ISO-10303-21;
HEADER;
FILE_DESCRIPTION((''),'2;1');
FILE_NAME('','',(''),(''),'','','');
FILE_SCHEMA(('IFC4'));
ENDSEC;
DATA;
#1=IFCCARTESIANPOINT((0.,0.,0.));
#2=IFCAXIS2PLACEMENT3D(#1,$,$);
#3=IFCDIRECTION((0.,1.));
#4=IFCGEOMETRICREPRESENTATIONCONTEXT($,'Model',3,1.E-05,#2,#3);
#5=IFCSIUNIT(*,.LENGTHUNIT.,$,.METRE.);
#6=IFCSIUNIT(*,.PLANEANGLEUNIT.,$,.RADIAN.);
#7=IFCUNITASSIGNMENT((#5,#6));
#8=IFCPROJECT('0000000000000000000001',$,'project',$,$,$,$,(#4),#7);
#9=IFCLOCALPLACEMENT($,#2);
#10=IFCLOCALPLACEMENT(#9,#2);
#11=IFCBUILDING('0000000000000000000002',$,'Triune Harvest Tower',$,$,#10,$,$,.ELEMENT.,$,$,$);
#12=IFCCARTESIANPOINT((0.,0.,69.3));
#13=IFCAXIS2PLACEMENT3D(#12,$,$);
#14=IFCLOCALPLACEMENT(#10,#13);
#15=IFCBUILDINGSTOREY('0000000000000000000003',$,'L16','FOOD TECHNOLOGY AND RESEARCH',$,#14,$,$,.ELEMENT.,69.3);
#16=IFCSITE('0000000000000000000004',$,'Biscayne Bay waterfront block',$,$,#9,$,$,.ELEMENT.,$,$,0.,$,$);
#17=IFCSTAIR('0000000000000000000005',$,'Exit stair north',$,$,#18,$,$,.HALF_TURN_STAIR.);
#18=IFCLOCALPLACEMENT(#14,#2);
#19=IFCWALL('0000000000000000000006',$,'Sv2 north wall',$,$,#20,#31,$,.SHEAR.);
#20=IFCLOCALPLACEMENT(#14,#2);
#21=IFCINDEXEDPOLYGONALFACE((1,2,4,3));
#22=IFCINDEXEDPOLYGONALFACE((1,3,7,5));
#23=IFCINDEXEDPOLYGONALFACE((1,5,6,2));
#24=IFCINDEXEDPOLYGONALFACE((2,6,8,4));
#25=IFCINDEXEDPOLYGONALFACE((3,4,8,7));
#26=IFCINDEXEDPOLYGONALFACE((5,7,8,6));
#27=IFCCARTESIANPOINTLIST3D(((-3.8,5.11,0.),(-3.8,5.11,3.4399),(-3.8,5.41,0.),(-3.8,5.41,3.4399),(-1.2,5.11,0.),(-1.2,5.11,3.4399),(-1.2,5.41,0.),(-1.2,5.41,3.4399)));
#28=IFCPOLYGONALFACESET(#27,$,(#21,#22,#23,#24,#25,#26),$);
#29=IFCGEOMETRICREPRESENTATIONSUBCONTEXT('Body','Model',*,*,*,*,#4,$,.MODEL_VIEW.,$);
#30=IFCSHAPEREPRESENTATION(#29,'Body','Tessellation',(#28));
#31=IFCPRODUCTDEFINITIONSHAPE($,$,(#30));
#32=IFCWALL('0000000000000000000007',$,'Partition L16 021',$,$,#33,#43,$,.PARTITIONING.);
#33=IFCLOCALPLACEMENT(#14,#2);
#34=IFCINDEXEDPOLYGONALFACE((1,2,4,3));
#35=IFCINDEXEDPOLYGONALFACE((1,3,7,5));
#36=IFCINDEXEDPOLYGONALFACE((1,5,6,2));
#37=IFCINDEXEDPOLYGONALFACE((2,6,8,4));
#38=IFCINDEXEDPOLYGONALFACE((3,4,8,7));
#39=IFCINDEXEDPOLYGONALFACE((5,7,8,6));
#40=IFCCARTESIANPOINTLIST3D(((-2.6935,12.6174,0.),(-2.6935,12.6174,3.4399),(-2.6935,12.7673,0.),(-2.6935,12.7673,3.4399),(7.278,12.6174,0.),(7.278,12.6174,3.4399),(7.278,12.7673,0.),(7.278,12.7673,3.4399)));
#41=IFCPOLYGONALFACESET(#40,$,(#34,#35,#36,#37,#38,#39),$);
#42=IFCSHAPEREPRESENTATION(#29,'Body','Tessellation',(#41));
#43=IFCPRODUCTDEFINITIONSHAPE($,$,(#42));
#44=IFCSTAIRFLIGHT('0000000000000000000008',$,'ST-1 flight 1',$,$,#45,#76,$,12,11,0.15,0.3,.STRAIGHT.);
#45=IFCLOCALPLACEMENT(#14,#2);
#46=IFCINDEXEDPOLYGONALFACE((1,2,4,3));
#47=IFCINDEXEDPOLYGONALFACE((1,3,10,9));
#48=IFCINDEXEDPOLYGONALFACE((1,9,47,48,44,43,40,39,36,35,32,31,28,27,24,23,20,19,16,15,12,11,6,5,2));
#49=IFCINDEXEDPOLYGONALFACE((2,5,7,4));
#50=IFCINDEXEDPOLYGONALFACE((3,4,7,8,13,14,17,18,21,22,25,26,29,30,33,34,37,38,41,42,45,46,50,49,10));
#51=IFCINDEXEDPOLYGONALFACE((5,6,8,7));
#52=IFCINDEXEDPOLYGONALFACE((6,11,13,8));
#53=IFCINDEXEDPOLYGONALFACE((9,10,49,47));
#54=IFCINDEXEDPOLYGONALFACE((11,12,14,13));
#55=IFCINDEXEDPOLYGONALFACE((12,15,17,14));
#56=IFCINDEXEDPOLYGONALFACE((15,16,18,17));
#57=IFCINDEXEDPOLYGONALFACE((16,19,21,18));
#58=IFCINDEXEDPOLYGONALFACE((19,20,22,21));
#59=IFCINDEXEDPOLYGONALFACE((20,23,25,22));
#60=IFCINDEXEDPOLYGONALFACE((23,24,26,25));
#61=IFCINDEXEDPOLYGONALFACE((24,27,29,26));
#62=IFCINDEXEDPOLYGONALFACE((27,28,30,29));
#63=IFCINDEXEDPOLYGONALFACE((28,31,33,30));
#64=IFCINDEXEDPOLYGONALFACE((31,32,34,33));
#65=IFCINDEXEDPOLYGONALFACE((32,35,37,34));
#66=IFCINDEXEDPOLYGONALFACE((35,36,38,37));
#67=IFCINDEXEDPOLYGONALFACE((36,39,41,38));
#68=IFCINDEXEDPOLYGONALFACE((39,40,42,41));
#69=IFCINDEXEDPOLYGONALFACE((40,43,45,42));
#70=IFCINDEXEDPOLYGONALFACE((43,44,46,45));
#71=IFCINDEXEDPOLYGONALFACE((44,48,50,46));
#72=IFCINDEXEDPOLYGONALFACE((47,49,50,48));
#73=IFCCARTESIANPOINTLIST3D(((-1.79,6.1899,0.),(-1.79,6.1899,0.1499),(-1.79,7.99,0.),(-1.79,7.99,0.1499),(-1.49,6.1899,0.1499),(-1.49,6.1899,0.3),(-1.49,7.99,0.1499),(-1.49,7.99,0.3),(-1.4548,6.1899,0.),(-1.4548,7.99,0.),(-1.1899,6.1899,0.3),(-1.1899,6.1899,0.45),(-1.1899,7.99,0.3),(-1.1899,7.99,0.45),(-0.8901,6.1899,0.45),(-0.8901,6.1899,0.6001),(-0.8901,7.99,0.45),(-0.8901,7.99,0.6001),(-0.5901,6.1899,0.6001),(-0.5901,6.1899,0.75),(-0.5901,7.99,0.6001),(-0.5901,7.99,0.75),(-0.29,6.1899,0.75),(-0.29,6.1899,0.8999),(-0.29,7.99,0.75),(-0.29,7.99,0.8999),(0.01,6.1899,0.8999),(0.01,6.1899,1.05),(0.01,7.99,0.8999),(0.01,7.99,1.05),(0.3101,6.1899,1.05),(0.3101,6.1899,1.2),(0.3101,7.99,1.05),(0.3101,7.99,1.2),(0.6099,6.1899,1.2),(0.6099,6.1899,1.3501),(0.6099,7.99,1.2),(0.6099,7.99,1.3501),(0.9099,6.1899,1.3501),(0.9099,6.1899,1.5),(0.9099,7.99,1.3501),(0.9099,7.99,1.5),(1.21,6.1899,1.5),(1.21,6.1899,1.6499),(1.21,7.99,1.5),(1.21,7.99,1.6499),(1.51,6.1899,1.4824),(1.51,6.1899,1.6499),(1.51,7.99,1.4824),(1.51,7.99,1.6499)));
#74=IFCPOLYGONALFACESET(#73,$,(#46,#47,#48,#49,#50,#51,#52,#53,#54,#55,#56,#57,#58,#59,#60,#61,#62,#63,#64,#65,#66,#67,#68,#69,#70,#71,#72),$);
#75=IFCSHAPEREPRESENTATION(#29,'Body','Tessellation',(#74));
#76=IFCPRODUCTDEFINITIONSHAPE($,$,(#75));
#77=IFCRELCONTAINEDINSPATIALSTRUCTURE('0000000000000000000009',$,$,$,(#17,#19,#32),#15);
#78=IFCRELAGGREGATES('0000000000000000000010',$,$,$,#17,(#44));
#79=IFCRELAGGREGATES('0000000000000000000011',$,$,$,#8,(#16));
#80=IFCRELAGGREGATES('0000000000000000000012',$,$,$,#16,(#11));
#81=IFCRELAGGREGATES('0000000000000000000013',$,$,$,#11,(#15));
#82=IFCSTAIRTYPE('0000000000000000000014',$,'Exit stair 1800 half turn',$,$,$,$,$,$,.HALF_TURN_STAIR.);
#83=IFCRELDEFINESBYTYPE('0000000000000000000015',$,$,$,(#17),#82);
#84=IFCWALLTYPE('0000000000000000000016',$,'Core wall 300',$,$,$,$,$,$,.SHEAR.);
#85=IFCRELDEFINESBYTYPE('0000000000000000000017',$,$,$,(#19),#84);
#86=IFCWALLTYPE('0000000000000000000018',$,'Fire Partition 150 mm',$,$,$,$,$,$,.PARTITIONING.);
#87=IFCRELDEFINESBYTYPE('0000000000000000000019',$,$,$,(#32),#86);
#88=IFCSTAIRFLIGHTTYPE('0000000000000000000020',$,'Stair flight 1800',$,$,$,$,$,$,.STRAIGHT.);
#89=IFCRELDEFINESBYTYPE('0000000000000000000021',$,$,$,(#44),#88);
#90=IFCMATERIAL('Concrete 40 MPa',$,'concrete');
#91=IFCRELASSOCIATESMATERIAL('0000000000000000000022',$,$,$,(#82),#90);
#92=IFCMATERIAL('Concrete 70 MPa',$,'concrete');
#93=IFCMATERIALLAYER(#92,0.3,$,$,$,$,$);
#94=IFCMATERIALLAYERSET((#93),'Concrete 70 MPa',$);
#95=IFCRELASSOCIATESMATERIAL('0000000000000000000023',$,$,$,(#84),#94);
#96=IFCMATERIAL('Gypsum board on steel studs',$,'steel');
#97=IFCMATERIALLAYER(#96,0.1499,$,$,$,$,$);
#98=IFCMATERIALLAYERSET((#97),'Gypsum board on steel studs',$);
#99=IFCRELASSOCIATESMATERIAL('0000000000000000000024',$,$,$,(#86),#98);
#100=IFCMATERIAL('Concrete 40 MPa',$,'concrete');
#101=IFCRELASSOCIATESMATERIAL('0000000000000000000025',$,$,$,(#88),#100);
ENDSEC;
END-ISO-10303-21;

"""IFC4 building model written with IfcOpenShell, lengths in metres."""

from ifc_helpers import new_model, si_unit, direction, frame, frame_2d, origin, place, context, subcontext, project, spatial, polyline, rectangle, outline, extrude, source, transform, mapped, material, layer, layer_set, type_object, element, aggregate, save


model = new_model("IFC4")

# Units and contexts
model_context = context("Model", 3, precision=1e-05, world=origin(), true_north=direction((0.0, 1.0)))
body_context = subcontext(model_context, "Body", "Model", "MODEL_VIEW")
ifc_project = project(units=[si_unit("LENGTHUNIT", "METRE"), si_unit("PLANEANGLEUNIT", "RADIAN")], contexts=[model_context])

# Site, building, storey
site_placement = place(None, origin())
site = spatial("IfcSite", under=ifc_project, at=site_placement, Name="Biscayne Bay waterfront block", CompositionType="ELEMENT", RefElevation=0.0)
building_placement = place(site_placement, origin())
building = spatial("IfcBuilding", under=site, at=building_placement, Name="Triune Harvest Tower", CompositionType="ELEMENT")
storey_placement = place(building_placement, frame((0.0, 0.0, 69.3)))
storey = spatial("IfcBuildingStorey", under=building, at=storey_placement, Name="L16", Description="FOOD TECHNOLOGY AND RESEARCH", CompositionType="ELEMENT", Elevation=69.3)

# Stair
ifc_material_1 = material(Name="Concrete 40 MPa", Category="concrete")
stair_type = type_object("IfcStairType", Name="Exit stair 1800 half turn", PredefinedType="HALF_TURN_STAIR", material=ifc_material_1)
stair_1_placement = place(storey_placement, origin())
stair_1 = element("IfcStair", 1, at=stair_1_placement, inside=storey, type_object=stair_type, Name="Exit stair north", PredefinedType="HALF_TURN_STAIR")

# Shared definitions
ifc_material_2 = material(Name="Concrete 70 MPa", Category="concrete")
ifc_layer_1 = layer(ifc_material_2, 0.3)
ifc_layer_set_1 = layer_set([ifc_layer_1], Name="Concrete 70 MPa")
wall_type_1 = type_object("IfcWallType", Name="Core wall 300", PredefinedType="SHEAR", material=ifc_layer_set_1)

# Walls
shared_shape_1 = source(origin(), body_context, "Body", "SweptSolid", [
    extrude(rectangle(XDim=2.6001, YDim=0.3, at=frame_2d((1.3, 0.0))), origin(), (0.0, 0.0, 1.0), 3.4399),
])
wall_1_placement = place(storey_placement, frame((-3.8, 5.26, 0.0), z_axis=(0.0, 0.0, 1.0), x_axis=(1.0, 0.0, 0.0)))
element("IfcWall", 2, at=wall_1_placement, inside=storey, type_object=wall_type_1, Name="Sv2 north wall", PredefinedType="SHEAR", context=body_context, shape_type="MappedRepresentation", body=[
    mapped(shared_shape_1, transform((0.0, 0.0, 0.0), scale=1.0)),
])
ifc_material_3 = material(Name="Gypsum board on steel studs", Category="steel")
ifc_layer_2 = layer(ifc_material_3, 0.1499)
ifc_layer_set_2 = layer_set([ifc_layer_2], Name="Gypsum board on steel studs")
wall_type_2 = type_object("IfcWallType", Name="Fire Partition 150 mm", PredefinedType="PARTITIONING", material=ifc_layer_set_2)
shared_shape_2 = source(origin(), body_context, "Body", "SweptSolid", [
    extrude(rectangle(XDim=9.9714, YDim=0.1499, at=frame_2d((4.9858, 0.0))), origin(), (0.0, 0.0, 1.0), 3.4399),
])
wall_2_placement = place(storey_placement, frame((-2.6936, 12.6924, 0.0), z_axis=(0.0, 0.0, 1.0), x_axis=(1.0, 0.0, 0.0)))
element("IfcWall", 3, at=wall_2_placement, inside=storey, type_object=wall_type_2, Name="Partition L16 021", PredefinedType="PARTITIONING", context=body_context, shape_type="MappedRepresentation", body=[
    mapped(shared_shape_2, transform((0.0, 0.0, 0.0), scale=1.0)),
])

# Stair flight
ifc_material_4 = material(Name="Concrete 40 MPa", Category="concrete")
stair_flight_type = type_object("IfcStairFlightType", Name="Stair flight 1800", PredefinedType="STRAIGHT", material=ifc_material_4)
shared_shape_3 = source(origin(), body_context, "Body", "SweptSolid", [
    extrude(outline(polyline([(0.0, 0.0), (0.0, 0.1499), (0.3, 0.1499), (0.3, 0.3), (0.6001, 0.3), (0.6001, 0.45), (0.8999, 0.45), (0.8999, 0.6001), (1.2, 0.6001), (1.2, 0.75), (1.5, 0.75), (1.5, 0.8999), (1.8, 0.8999), (1.8, 1.05), (2.1001, 1.05), (2.1001, 1.2), (2.3999, 1.2), (2.3999, 1.3501), (2.7, 1.3501), (2.7, 1.5), (3.0, 1.5), (3.0, 1.6499), (3.3, 1.6499), (3.3, 1.8), (3.3, 1.4824), (0.3352, 0.0), (0.0, 0.0)])), frame((0.0, 0.8999, 0.0), z_axis=(0.0, -1.0, 0.0), x_axis=(1.0, 0.0, 0.0)), (0.0, 0.0, 1.0), 1.8),
])
stair_flight_placement = place(storey_placement, frame((-1.79, 7.0901, 0.0), z_axis=(0.0, 0.0, 1.0), x_axis=(1.0, 0.0, 0.0)))
stair_flight = element("IfcStairFlight", 4, at=stair_flight_placement, type_object=stair_flight_type, Name="ST-1 flight 1", NumberOfRisers=12, NumberOfTreads=11, PredefinedType="STRAIGHT", RiserHeight=0.15, TreadLength=0.3, context=body_context, shape_type="MappedRepresentation", body=[
    mapped(shared_shape_3, transform((0.0, 0.0, 0.0), scale=1.0)),
])
aggregate(stair_1, [stair_flight])

save(model, "model.ifc")
